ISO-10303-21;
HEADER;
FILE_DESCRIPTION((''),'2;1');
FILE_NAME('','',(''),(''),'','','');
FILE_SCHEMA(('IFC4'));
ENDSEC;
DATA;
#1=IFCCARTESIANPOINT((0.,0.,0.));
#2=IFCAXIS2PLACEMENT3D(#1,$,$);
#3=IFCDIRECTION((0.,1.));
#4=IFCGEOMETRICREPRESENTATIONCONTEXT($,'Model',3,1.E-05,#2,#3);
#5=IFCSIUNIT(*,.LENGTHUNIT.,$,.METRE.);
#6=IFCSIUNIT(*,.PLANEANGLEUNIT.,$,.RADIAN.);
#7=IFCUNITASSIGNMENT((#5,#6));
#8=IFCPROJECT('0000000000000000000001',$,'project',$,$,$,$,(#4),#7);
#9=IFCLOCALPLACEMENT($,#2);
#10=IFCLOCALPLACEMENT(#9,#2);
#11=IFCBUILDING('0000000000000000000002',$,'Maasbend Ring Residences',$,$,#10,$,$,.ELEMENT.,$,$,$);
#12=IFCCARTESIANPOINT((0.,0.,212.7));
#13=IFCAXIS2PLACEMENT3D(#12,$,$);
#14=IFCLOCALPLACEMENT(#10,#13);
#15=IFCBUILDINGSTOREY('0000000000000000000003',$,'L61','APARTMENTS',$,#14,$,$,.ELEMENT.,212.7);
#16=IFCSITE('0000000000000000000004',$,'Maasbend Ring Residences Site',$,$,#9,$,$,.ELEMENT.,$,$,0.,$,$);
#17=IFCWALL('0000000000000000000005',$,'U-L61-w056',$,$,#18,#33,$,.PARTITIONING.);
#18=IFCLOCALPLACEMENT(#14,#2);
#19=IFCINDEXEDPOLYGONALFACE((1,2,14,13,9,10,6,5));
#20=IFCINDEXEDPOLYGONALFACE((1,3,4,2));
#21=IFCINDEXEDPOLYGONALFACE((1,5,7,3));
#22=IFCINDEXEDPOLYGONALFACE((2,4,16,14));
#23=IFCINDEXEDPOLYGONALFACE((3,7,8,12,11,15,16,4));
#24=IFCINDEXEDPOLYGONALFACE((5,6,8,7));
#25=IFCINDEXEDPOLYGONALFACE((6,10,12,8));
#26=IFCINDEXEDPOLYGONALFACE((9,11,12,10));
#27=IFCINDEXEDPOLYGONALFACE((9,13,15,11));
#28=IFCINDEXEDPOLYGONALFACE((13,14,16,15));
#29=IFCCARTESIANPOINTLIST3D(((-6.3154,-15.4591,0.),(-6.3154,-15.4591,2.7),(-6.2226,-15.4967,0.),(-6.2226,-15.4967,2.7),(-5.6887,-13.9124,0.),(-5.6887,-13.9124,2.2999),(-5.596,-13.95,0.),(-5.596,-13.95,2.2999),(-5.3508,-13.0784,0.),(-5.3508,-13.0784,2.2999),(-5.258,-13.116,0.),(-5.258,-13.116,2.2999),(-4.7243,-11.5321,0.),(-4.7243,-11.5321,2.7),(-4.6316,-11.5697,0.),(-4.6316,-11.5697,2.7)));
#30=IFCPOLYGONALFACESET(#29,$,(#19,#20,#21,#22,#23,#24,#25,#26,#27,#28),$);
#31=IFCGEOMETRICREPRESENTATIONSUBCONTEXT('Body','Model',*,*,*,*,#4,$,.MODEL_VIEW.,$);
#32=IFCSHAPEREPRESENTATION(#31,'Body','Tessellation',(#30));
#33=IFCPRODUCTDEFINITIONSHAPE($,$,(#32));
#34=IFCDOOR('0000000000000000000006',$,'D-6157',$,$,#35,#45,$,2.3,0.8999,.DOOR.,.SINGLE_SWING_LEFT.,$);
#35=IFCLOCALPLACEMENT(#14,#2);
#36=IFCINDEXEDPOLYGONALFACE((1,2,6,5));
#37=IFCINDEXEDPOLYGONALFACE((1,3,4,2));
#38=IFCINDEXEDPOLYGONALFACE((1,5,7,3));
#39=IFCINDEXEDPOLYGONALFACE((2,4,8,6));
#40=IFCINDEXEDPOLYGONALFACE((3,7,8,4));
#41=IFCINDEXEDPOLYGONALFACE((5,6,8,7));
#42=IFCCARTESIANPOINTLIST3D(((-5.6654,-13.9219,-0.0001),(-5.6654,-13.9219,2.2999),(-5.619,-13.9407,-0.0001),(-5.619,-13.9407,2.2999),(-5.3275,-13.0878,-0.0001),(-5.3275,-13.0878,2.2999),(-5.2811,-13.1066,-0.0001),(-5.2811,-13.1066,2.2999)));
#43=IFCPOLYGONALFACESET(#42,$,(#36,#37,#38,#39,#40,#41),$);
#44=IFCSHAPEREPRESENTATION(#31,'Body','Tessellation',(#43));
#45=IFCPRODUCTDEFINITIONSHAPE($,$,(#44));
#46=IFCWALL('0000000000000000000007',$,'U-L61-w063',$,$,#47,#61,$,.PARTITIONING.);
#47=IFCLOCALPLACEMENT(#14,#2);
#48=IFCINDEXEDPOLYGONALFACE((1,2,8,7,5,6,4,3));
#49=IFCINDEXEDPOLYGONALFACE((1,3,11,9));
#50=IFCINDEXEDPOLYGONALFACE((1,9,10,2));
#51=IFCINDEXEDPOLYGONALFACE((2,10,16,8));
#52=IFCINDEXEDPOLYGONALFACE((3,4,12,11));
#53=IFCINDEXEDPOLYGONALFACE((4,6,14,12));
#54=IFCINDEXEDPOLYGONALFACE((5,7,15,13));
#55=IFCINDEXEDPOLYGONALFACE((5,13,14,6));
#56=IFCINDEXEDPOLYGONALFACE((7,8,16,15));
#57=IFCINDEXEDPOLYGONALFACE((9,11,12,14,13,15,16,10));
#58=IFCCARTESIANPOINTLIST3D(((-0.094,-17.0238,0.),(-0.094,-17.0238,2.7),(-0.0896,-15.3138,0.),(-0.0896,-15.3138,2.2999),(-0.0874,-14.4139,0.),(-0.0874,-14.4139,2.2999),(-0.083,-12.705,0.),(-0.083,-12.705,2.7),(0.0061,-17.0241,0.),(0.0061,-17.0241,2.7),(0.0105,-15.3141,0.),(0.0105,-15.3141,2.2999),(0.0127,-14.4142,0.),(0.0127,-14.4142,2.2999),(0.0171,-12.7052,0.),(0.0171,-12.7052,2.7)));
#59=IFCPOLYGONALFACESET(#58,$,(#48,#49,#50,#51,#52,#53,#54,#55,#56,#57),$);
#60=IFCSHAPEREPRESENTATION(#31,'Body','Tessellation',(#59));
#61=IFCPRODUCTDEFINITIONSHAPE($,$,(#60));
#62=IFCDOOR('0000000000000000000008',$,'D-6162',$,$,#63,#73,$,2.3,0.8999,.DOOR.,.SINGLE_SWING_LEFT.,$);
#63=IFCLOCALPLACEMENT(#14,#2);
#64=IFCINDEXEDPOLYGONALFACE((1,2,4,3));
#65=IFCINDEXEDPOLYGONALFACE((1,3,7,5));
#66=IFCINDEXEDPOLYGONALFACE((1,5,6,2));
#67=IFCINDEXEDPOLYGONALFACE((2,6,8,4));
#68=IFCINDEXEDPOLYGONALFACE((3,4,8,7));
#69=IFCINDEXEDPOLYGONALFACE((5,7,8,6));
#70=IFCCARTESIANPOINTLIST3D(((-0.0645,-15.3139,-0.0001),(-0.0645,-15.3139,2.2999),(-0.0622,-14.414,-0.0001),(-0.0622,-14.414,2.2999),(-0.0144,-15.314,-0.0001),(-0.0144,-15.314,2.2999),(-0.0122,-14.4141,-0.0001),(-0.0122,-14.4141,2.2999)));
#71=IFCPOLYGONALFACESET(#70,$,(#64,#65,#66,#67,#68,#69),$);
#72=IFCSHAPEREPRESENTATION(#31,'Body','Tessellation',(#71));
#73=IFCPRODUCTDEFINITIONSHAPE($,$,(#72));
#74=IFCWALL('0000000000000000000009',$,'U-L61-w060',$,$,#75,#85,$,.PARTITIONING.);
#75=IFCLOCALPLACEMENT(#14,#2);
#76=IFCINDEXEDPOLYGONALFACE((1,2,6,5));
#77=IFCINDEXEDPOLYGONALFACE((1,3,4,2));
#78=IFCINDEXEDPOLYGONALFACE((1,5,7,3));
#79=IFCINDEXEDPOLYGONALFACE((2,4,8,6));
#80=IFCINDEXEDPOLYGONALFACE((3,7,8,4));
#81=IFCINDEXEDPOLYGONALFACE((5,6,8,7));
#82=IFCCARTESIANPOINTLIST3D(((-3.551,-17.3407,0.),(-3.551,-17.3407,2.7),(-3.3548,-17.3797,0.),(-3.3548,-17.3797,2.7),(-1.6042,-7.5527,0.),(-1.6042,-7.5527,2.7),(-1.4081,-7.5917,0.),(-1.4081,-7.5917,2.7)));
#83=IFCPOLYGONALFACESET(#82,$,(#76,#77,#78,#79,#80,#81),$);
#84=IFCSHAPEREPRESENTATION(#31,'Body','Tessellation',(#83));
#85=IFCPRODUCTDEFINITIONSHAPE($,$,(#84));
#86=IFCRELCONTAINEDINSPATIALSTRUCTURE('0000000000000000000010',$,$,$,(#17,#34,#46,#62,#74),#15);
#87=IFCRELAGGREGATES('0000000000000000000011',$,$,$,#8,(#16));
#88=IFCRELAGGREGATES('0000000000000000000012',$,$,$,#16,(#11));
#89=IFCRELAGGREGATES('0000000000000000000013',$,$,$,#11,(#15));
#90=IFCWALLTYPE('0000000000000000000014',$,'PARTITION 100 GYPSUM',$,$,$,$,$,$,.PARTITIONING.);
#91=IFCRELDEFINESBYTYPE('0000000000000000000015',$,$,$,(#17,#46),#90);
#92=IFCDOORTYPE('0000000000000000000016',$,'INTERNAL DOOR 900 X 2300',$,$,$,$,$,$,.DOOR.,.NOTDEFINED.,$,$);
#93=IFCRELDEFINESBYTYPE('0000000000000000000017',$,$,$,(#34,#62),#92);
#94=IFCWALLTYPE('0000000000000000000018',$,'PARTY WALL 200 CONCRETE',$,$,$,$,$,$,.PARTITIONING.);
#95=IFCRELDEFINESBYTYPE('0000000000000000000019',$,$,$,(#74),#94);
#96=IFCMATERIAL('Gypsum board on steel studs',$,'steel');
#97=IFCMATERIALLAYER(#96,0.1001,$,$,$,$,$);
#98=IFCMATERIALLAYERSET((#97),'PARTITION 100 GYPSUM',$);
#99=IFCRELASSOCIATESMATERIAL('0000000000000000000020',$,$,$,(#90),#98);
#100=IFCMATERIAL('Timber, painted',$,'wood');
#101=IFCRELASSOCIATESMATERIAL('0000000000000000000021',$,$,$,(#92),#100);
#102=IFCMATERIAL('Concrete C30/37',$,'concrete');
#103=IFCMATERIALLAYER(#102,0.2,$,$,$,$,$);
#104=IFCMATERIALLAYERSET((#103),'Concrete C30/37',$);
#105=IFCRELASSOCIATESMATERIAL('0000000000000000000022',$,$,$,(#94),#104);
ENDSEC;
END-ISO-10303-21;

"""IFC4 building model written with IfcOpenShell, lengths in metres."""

from ifc_helpers import new_model, si_unit, direction, frame, frame_2d, origin, place, context, subcontext, project, spatial, rectangle, extrude, material, layer, layer_set, type_object, element, fill, save


model = new_model("IFC4")

# Units and contexts
model_context = context("Model", 3, precision=1e-05, world=origin(), true_north=direction((0.0, 1.0)))
body_context = subcontext(model_context, "Body", "Model", "MODEL_VIEW")
ifc_project = project(units=[si_unit("LENGTHUNIT", "METRE"), si_unit("PLANEANGLEUNIT", "RADIAN")], contexts=[model_context])

# Site, building, storey
site_placement = place(None, origin())
site = spatial("IfcSite", under=ifc_project, at=site_placement, Name="Maasbend Ring Residences Site", CompositionType="ELEMENT", RefElevation=0.0)
building_placement = place(site_placement, origin())
building = spatial("IfcBuilding", under=site, at=building_placement, Name="Maasbend Ring Residences", CompositionType="ELEMENT")
storey_placement = place(building_placement, frame((0.0, 0.0, 212.7)))
storey = spatial("IfcBuildingStorey", under=building, at=storey_placement, Name="L61", Description="APARTMENTS", CompositionType="ELEMENT", Elevation=212.7)

# Shared definitions
ifc_material_1 = material(Name="Gypsum board on steel studs", Category="steel")
ifc_layer_1 = layer(ifc_material_1, 0.1001)
ifc_layer_set_1 = layer_set([ifc_layer_1], Name="PARTITION 100 GYPSUM")
wall_type_1 = type_object("IfcWallType", Name="PARTITION 100 GYPSUM", PredefinedType="PARTITIONING", material=ifc_layer_set_1)
ifc_material_2 = material(Name="Timber, painted", Category="wood")
door_type_1 = type_object("IfcDoorType", Name="INTERNAL DOOR 900 X 2300", OperationType="NOTDEFINED", PredefinedType="DOOR", material=ifc_material_2)

# Walls, openings, doors
wall_1_placement = place(storey_placement, frame((-6.269, -15.478, 0.0), z_axis=(0.0, 0.0, 1.0), x_axis=(0.37551, 0.926818, 0.0)))
wall_1 = element("IfcWall", 1, at=wall_1_placement, inside=storey, type_object=wall_type_1, Name="U-L61-w056", PredefinedType="PARTITIONING", context=body_context, shape_type="SweptSolid", body=[
    extrude(rectangle(XDim=4.2371, YDim=0.1001, at=frame_2d((2.1187, 0.0))), origin(), (0.0, 0.0, 1.0), 2.7),
])
opening_1_placement = place(wall_1_placement, frame((1.6689, 0.0, 0.0)))
opening_1 = element("IfcOpeningElement", 2, at=opening_1_placement, cuts=wall_1, PredefinedType="OPENING", context=body_context, shape_type="SweptSolid", body=[
    extrude(rectangle(XDim=0.8999, YDim=2.3, at=frame_2d((0.45, 1.1499))), frame((0.0, 0.0601, 0.0), z_axis=(0.0, -1.0, 0.0), x_axis=(1.0, 0.0, 0.0)), (0.0, 0.0, 1.0), 0.1201),
])
door_1_placement = place(opening_1_placement, origin())
door_1 = element("IfcDoor", 3, at=door_1_placement, inside=storey, type_object=door_type_1, Name="D-6157", OperationType="SINGLE_SWING_LEFT", OverallHeight=2.3, OverallWidth=0.8999, PredefinedType="DOOR", context=body_context, shape_type="SweptSolid", body=[
    extrude(rectangle(XDim=0.8999, YDim=2.3, at=frame_2d((0.45, 1.1499))), frame((0.0, 0.0249, 0.0), z_axis=(0.0, -1.0, 0.0), x_axis=(1.0, 0.0, 0.0)), (0.0, 0.0, 1.0), 0.05),
])
fill(opening_1, door_1)
wall_2_placement = place(storey_placement, frame((-0.0439, -17.0239, 0.0), z_axis=(0.0, 0.0, 1.0), x_axis=(0.002544, 0.999997, 0.0)))
wall_2 = element("IfcWall", 4, at=wall_2_placement, inside=storey, type_object=wall_type_1, Name="U-L61-w063", PredefinedType="PARTITIONING", context=body_context, shape_type="SweptSolid", body=[
    extrude(rectangle(XDim=4.3188, YDim=0.1001, at=frame_2d((2.1594, 0.0))), origin(), (0.0, 0.0, 1.0), 2.7),
])
opening_2_placement = place(wall_2_placement, frame((1.71, 0.0, 0.0)))
opening_2 = element("IfcOpeningElement", 5, at=opening_2_placement, cuts=wall_2, PredefinedType="OPENING", context=body_context, shape_type="SweptSolid", body=[
    extrude(rectangle(XDim=0.8999, YDim=2.3, at=frame_2d((0.45, 1.1499))), frame((0.0, 0.0601, 0.0), z_axis=(0.0, -1.0, 0.0), x_axis=(1.0, 0.0, 0.0)), (0.0, 0.0, 1.0), 0.1201),
])
door_2_placement = place(opening_2_placement, origin())
door_2 = element("IfcDoor", 6, at=door_2_placement, inside=storey, type_object=door_type_1, Name="D-6162", OperationType="SINGLE_SWING_LEFT", OverallHeight=2.3, OverallWidth=0.8999, PredefinedType="DOOR", context=body_context, shape_type="SweptSolid", body=[
    extrude(rectangle(XDim=0.8999, YDim=2.3, at=frame_2d((0.45, 1.1499))), frame((0.0, 0.0249, 0.0), z_axis=(0.0, -1.0, 0.0), x_axis=(1.0, 0.0, 0.0)), (0.0, 0.0, 1.0), 0.05),
])
fill(opening_2, door_2)

# Wall
ifc_material_3 = material(Name="Concrete C30/37", Category="concrete")
ifc_layer_2 = layer(ifc_material_3, 0.2)
ifc_layer_set_2 = layer_set([ifc_layer_2], Name="Concrete C30/37")
wall_type_2 = type_object("IfcWallType", Name="PARTY WALL 200 CONCRETE", PredefinedType="PARTITIONING", material=ifc_layer_set_2)
wall_3_placement = place(storey_placement, frame((-3.4529, -17.3601, 0.0), z_axis=(0.0, 0.0, 1.0), x_axis=(0.195072, 0.980789, 0.0)))
element("IfcWall", 7, at=wall_3_placement, inside=storey, type_object=wall_type_2, Name="U-L61-w060", PredefinedType="PARTITIONING", context=body_context, shape_type="SweptSolid", body=[
    extrude(rectangle(XDim=9.9797, YDim=0.2, at=frame_2d((4.9897, 0.0))), origin(), (0.0, 0.0, 1.0), 2.7),
])

save(model, "model.ifc")
